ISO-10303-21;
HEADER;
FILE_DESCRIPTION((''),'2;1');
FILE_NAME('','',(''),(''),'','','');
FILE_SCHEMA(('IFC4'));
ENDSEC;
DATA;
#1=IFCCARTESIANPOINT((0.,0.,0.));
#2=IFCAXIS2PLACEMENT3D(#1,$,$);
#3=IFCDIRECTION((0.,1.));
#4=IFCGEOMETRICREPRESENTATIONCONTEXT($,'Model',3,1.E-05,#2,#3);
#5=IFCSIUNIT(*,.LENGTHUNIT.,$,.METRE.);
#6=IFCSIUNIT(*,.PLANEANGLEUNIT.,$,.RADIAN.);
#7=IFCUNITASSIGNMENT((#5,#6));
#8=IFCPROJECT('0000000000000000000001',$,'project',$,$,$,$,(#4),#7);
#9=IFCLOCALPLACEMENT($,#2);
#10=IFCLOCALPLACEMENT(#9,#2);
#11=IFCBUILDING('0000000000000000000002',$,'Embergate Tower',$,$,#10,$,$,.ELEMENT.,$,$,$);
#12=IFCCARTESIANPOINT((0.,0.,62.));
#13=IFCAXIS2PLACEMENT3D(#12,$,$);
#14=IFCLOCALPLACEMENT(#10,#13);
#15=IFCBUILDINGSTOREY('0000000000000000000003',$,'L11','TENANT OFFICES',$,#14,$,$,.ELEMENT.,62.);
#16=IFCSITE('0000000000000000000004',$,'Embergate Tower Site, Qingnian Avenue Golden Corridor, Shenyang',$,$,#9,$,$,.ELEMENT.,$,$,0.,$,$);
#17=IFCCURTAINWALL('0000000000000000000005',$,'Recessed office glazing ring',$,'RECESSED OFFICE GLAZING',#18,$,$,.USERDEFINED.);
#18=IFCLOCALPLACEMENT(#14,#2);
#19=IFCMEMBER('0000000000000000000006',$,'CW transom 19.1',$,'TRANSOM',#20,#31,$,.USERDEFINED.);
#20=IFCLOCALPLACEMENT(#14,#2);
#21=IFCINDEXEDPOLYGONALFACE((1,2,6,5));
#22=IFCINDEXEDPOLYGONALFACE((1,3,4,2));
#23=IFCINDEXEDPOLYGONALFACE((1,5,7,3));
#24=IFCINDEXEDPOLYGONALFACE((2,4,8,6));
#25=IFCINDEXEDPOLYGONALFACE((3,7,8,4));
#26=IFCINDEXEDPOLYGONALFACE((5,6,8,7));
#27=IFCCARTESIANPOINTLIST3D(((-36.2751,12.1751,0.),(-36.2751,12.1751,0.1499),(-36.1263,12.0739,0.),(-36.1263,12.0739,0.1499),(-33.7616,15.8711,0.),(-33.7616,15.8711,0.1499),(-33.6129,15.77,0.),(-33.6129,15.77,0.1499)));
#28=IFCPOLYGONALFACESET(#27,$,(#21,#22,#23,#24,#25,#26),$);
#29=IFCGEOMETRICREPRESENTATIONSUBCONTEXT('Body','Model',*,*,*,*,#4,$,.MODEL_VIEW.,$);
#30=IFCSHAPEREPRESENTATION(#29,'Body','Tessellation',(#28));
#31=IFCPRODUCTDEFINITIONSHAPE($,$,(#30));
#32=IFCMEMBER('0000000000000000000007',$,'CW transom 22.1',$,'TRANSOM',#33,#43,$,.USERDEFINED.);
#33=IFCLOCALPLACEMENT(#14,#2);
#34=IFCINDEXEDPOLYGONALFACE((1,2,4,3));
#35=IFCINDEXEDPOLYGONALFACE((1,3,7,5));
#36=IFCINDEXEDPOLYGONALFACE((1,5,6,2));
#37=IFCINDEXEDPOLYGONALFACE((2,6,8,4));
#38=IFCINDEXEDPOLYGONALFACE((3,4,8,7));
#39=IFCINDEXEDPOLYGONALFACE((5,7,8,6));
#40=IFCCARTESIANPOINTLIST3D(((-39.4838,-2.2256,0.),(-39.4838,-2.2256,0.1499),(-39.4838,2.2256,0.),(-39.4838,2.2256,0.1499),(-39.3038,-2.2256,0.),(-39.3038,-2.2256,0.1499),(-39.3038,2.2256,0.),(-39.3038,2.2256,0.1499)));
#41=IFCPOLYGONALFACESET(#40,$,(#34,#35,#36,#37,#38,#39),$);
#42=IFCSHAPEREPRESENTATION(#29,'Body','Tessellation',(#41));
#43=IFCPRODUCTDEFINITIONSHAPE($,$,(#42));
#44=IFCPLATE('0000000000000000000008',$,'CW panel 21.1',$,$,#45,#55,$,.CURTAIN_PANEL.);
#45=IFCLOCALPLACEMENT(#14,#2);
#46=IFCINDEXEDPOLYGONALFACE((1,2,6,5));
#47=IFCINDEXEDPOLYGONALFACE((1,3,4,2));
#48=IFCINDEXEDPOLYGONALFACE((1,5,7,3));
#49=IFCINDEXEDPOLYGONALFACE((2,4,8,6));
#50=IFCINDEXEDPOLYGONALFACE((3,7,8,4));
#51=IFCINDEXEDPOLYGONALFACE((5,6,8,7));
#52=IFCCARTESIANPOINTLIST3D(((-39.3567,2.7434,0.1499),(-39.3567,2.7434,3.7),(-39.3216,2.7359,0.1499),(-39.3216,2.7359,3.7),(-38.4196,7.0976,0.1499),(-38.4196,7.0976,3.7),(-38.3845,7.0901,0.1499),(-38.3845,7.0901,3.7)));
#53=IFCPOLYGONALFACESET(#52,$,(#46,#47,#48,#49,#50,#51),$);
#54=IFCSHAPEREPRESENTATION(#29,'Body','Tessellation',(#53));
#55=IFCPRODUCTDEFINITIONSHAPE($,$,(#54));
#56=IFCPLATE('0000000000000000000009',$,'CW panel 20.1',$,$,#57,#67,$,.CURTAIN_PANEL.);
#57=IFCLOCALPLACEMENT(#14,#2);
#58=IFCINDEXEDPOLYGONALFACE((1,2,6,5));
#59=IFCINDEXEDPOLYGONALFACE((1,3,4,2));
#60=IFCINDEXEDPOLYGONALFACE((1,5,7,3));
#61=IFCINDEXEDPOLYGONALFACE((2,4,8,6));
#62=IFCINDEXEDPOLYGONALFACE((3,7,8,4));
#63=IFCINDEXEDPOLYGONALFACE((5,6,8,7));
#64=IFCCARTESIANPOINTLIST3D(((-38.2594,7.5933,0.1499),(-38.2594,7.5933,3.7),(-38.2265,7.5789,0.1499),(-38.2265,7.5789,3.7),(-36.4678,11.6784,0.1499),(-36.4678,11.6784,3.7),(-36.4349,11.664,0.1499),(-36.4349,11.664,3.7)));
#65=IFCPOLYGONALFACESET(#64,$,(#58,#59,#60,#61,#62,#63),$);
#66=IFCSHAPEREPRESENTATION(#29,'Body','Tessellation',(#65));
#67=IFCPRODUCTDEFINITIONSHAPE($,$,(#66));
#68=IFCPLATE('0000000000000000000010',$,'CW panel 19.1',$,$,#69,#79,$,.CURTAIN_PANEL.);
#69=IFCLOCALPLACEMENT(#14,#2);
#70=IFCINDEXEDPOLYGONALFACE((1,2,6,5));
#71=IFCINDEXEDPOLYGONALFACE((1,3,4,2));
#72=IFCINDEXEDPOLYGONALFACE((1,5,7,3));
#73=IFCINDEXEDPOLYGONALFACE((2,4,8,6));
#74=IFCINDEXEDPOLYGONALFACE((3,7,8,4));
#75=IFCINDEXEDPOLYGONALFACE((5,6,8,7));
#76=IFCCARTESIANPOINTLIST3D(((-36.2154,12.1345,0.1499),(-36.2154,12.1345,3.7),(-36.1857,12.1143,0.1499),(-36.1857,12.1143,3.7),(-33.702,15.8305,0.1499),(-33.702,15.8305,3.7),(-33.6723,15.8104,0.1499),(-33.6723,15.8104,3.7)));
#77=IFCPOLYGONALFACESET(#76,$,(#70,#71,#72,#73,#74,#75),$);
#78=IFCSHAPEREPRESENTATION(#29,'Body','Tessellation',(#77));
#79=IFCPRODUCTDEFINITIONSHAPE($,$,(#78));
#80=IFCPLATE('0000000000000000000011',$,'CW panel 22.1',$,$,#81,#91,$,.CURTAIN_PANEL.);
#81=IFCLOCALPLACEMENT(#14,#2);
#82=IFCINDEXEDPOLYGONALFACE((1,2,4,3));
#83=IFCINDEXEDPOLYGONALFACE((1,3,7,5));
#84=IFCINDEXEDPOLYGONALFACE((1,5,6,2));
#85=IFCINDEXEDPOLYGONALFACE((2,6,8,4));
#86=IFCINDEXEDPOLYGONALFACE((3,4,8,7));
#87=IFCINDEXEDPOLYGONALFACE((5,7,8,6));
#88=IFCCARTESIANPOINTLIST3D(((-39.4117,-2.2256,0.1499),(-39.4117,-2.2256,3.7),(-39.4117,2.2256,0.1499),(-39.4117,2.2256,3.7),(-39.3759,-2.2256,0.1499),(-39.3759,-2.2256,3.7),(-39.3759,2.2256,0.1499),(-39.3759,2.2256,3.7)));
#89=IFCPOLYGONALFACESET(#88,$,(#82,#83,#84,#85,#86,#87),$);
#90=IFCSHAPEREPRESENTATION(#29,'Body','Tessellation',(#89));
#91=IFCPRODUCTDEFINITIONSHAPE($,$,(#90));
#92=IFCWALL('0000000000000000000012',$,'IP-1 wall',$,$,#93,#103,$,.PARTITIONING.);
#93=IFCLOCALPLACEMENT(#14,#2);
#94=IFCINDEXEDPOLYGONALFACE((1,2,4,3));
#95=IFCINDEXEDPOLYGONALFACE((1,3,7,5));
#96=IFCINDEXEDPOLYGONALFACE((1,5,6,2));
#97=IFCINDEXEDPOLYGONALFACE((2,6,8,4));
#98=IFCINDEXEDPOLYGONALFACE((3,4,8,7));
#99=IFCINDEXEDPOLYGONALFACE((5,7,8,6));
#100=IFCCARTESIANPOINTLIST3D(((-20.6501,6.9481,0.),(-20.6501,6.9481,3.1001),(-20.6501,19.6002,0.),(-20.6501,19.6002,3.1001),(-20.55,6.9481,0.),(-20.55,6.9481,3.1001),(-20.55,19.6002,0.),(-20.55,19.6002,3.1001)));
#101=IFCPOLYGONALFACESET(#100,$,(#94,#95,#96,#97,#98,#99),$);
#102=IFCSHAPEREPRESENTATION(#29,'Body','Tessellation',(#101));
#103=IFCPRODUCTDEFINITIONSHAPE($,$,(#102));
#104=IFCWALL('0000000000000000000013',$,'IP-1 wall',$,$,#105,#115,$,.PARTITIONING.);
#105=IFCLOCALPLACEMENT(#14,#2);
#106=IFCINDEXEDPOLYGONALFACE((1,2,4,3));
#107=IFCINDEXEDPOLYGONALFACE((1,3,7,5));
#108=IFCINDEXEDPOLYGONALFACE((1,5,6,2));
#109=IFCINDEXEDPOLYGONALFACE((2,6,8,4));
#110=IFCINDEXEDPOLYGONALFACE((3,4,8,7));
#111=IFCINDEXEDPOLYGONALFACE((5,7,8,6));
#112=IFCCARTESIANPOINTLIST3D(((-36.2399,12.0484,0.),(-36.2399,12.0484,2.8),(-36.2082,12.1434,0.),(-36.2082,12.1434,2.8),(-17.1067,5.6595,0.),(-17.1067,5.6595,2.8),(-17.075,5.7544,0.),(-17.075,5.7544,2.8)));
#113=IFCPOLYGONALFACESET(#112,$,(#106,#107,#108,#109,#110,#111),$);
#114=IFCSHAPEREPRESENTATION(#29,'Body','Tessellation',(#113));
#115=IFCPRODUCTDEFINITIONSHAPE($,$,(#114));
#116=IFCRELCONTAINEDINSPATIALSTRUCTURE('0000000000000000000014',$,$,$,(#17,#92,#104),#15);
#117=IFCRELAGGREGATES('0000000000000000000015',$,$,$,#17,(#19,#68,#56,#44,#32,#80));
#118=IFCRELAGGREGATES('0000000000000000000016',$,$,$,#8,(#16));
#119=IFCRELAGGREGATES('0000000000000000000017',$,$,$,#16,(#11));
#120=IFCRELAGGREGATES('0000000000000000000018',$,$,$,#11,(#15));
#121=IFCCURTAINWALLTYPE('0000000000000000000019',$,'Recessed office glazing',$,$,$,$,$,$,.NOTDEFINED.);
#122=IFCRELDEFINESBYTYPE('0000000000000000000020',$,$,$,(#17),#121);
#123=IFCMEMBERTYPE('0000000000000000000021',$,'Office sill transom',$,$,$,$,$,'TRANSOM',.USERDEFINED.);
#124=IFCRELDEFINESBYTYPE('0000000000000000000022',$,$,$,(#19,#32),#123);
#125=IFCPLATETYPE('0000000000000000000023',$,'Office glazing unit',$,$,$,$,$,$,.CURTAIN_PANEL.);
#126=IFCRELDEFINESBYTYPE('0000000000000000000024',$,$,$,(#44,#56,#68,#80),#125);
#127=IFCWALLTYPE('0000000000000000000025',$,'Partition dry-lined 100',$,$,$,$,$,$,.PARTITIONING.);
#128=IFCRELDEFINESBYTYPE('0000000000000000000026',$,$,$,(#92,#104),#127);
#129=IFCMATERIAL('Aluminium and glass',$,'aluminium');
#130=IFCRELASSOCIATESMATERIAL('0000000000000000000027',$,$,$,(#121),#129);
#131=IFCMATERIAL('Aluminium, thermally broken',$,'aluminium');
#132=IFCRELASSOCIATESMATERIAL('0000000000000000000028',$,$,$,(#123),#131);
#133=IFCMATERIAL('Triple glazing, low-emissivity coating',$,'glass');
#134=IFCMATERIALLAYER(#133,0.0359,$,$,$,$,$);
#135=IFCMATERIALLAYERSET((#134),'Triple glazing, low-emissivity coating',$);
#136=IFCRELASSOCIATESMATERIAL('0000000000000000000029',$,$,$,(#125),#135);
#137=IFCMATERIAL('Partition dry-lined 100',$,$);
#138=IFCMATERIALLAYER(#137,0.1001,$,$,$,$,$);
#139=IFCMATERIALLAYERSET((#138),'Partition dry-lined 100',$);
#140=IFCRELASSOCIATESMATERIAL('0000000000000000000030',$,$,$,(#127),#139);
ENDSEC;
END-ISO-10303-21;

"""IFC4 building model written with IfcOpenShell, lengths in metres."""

from ifc_helpers import new_model, si_unit, direction, frame, frame_2d, origin, origin_2d, place, context, subcontext, project, spatial, rectangle, extrude, source, transform, mapped, material, layer, layer_set, material_profile, profile_set, type_object, element, aggregate, save


model = new_model("IFC4")

# Units and contexts
model_context = context("Model", 3, precision=1e-05, world=origin(), true_north=direction((0.0, 1.0)))
body_context = subcontext(model_context, "Body", "Model", "MODEL_VIEW")
ifc_project = project(units=[si_unit("LENGTHUNIT", "METRE"), si_unit("PLANEANGLEUNIT", "RADIAN")], contexts=[model_context])

# Site, building, storey
site_placement = place(None, origin())
site = spatial("IfcSite", under=ifc_project, at=site_placement, Name="Embergate Tower Site, Qingnian Avenue Golden Corridor, Shenyang", CompositionType="ELEMENT", RefElevation=0.0)
building_placement = place(site_placement, origin())
building = spatial("IfcBuilding", under=site, at=building_placement, Name="Embergate Tower", CompositionType="ELEMENT")
storey_placement = place(building_placement, frame((0.0, 0.0, 62.0)))
storey = spatial("IfcBuildingStorey", under=building, at=storey_placement, Name="L11", Description="TENANT OFFICES", CompositionType="ELEMENT", Elevation=62.0)

# Curtain wall, members, plates
ifc_material_1 = material(Name="Aluminium and glass", Category="aluminium")
curtain_wall_type = type_object("IfcCurtainWallType", Name="Recessed office glazing", PredefinedType="NOTDEFINED", material=ifc_material_1)
curtain_wall_placement = place(storey_placement, origin())
curtain_wall = element("IfcCurtainWall", 1, at=curtain_wall_placement, inside=storey, type_object=curtain_wall_type, Name="Recessed office glazing ring", ObjectType="RECESSED OFFICE GLAZING", PredefinedType="USERDEFINED")
ifc_material_2 = material(Name="Aluminium, thermally broken", Category="aluminium")
ifc_material_profile_1 = material_profile(ifc_material_2, rectangle(XDim=0.1799, YDim=0.1499, at=origin_2d()), Name="AL 150x180")
ifc_profile_set_1 = profile_set([ifc_material_profile_1], Name="Aluminium, thermally broken")
member_type_1 = type_object("IfcMemberType", Name="Office sill transom", ElementType="TRANSOM", PredefinedType="USERDEFINED", material=ifc_profile_set_1)
shared_shape_1 = source(origin(), body_context, "Body", "SweptSolid", [
    extrude(rectangle(XDim=0.1799, YDim=0.1499, at=origin_2d()), origin(), (0.0, 0.0, 1.0), 4.4697),
])
member_1_placement = place(storey_placement, frame((-33.6873, 15.8206, 0.075), z_axis=(-0.562328, -0.826914, 0.0), x_axis=(0.826914, -0.562328, 0.0)))
member_1 = element("IfcMember", 2, at=member_1_placement, type_object=member_type_1, Name="CW transom 19.1", ObjectType="TRANSOM", PredefinedType="USERDEFINED", context=body_context, shape_type="MappedRepresentation", body=[
    mapped(shared_shape_1, transform((0.0, 0.0, 0.0))),
])
shared_shape_2 = source(origin(), body_context, "Body", "SweptSolid", [
    extrude(rectangle(XDim=0.1799, YDim=0.1499, at=origin_2d()), origin(), (0.0, 0.0, 1.0), 4.4512),
])
member_2_placement = place(storey_placement, frame((-39.3938, 2.2256, 0.075), z_axis=(0.0, -1.0, 0.0), x_axis=(1.0, 0.0, 0.0)))
member_2 = element("IfcMember", 3, at=member_2_placement, type_object=member_type_1, Name="CW transom 22.1", ObjectType="TRANSOM", PredefinedType="USERDEFINED", context=body_context, shape_type="MappedRepresentation", body=[
    mapped(shared_shape_2, transform((0.0, 0.0, 0.0))),
])
ifc_material_3 = material(Name="Triple glazing, low-emissivity coating", Category="glass")
ifc_layer_1 = layer(ifc_material_3, 0.0359)
ifc_layer_set_1 = layer_set([ifc_layer_1], Name="Triple glazing, low-emissivity coating")
plate_type = type_object("IfcPlateType", Name="Office glazing unit", PredefinedType="CURTAIN_PANEL", material=ifc_layer_set_1)
shared_shape_3 = source(origin(), body_context, "Body", "SweptSolid", [
    extrude(rectangle(XDim=4.4539, YDim=0.0359, at=origin_2d()), origin(), (0.0, 0.0, 1.0), 3.55),
])
plate_1_placement = place(storey_placement, frame((-38.8706, 4.9167, 0.1499), z_axis=(0.0, 0.0, 1.0), x_axis=(-0.210392, -0.977617, 0.0)))
plate_1 = element("IfcPlate", 4, at=plate_1_placement, type_object=plate_type, Name="CW panel 21.1", PredefinedType="CURTAIN_PANEL", context=body_context, shape_type="MappedRepresentation", body=[
    mapped(shared_shape_3, transform((0.0, 0.0, 0.0))),
])
shared_shape_4 = source(origin(), body_context, "Body", "SweptSolid", [
    extrude(rectangle(XDim=4.4607, YDim=0.0359, at=origin_2d()), origin(), (0.0, 0.0, 1.0), 3.55),
])
plate_2_placement = place(storey_placement, frame((-37.3472, 9.6287, 0.1499), z_axis=(0.0, 0.0, 1.0), x_axis=(-0.401644, -0.915796, 0.0)))
plate_2 = element("IfcPlate", 5, at=plate_2_placement, type_object=plate_type, Name="CW panel 20.1", PredefinedType="CURTAIN_PANEL", context=body_context, shape_type="MappedRepresentation", body=[
    mapped(shared_shape_4, transform((0.0, 0.0, 0.0))),
])
shared_shape_5 = source(origin(), body_context, "Body", "SweptSolid", [
    extrude(rectangle(XDim=4.4697, YDim=0.0359, at=origin_2d()), origin(), (0.0, 0.0, 1.0), 3.55),
])
plate_3_placement = place(storey_placement, frame((-34.9438, 13.9724, 0.1499), z_axis=(0.0, 0.0, 1.0), x_axis=(-0.562332, -0.826912, 0.0)))
plate_3 = element("IfcPlate", 6, at=plate_3_placement, type_object=plate_type, Name="CW panel 19.1", PredefinedType="CURTAIN_PANEL", context=body_context, shape_type="MappedRepresentation", body=[
    mapped(shared_shape_5, transform((0.0, 0.0, 0.0))),
])
shared_shape_6 = source(origin(), body_context, "Body", "SweptSolid", [
    extrude(rectangle(XDim=4.4512, YDim=0.0359, at=origin_2d()), origin(), (0.0, 0.0, 1.0), 3.55),
])
plate_4_placement = place(storey_placement, frame((-39.3938, 0.0, 0.1499), z_axis=(0.0, 0.0, 1.0), x_axis=(0.0, -1.0, 0.0)))
plate_4 = element("IfcPlate", 7, at=plate_4_placement, type_object=plate_type, Name="CW panel 22.1", PredefinedType="CURTAIN_PANEL", context=body_context, shape_type="MappedRepresentation", body=[
    mapped(shared_shape_6, transform((0.0, 0.0, 0.0))),
])
aggregate(curtain_wall, [member_1, plate_3, plate_2, plate_1, member_2, plate_4])

# Walls
ifc_material_4 = material(Name="Partition dry-lined 100")
ifc_layer_2 = layer(ifc_material_4, 0.1001)
ifc_layer_set_2 = layer_set([ifc_layer_2], Name="Partition dry-lined 100")
wall_type = type_object("IfcWallType", Name="Partition dry-lined 100", PredefinedType="PARTITIONING", material=ifc_layer_set_2)
shared_shape_7 = source(origin(), body_context, "Body", "SweptSolid", [
    extrude(rectangle(XDim=12.6521, YDim=0.1001, at=frame_2d((6.3262, 0.0))), origin(), (0.0, 0.0, 1.0), 3.1001),
])
wall_1_placement = place(storey_placement, frame((-20.6001, 6.948, 0.0), z_axis=(0.0, 0.0, 1.0), x_axis=(0.0, 1.0, 0.0)))
element("IfcWall", 8, at=wall_1_placement, inside=storey, type_object=wall_type, Name="IP-1 wall", PredefinedType="PARTITIONING", context=body_context, shape_type="MappedRepresentation", body=[
    mapped(shared_shape_7, transform((0.0, 0.0, 0.0))),
])
shared_shape_8 = source(origin(), body_context, "Body", "SweptSolid", [
    extrude(rectangle(XDim=20.1716, YDim=0.1001, at=frame_2d((10.0859, 0.0))), origin(), (0.0, 0.0, 1.0), 2.8),
])
wall_2_placement = place(storey_placement, frame((-36.2241, 12.0959, 0.0), z_axis=(0.0, 0.0, 1.0), x_axis=(0.948516, -0.316729, 0.0)))
element("IfcWall", 9, at=wall_2_placement, inside=storey, type_object=wall_type, Name="IP-1 wall", PredefinedType="PARTITIONING", context=body_context, shape_type="MappedRepresentation", body=[
    mapped(shared_shape_8, transform((0.0, 0.0, 0.0))),
])

save(model, "model.ifc")
